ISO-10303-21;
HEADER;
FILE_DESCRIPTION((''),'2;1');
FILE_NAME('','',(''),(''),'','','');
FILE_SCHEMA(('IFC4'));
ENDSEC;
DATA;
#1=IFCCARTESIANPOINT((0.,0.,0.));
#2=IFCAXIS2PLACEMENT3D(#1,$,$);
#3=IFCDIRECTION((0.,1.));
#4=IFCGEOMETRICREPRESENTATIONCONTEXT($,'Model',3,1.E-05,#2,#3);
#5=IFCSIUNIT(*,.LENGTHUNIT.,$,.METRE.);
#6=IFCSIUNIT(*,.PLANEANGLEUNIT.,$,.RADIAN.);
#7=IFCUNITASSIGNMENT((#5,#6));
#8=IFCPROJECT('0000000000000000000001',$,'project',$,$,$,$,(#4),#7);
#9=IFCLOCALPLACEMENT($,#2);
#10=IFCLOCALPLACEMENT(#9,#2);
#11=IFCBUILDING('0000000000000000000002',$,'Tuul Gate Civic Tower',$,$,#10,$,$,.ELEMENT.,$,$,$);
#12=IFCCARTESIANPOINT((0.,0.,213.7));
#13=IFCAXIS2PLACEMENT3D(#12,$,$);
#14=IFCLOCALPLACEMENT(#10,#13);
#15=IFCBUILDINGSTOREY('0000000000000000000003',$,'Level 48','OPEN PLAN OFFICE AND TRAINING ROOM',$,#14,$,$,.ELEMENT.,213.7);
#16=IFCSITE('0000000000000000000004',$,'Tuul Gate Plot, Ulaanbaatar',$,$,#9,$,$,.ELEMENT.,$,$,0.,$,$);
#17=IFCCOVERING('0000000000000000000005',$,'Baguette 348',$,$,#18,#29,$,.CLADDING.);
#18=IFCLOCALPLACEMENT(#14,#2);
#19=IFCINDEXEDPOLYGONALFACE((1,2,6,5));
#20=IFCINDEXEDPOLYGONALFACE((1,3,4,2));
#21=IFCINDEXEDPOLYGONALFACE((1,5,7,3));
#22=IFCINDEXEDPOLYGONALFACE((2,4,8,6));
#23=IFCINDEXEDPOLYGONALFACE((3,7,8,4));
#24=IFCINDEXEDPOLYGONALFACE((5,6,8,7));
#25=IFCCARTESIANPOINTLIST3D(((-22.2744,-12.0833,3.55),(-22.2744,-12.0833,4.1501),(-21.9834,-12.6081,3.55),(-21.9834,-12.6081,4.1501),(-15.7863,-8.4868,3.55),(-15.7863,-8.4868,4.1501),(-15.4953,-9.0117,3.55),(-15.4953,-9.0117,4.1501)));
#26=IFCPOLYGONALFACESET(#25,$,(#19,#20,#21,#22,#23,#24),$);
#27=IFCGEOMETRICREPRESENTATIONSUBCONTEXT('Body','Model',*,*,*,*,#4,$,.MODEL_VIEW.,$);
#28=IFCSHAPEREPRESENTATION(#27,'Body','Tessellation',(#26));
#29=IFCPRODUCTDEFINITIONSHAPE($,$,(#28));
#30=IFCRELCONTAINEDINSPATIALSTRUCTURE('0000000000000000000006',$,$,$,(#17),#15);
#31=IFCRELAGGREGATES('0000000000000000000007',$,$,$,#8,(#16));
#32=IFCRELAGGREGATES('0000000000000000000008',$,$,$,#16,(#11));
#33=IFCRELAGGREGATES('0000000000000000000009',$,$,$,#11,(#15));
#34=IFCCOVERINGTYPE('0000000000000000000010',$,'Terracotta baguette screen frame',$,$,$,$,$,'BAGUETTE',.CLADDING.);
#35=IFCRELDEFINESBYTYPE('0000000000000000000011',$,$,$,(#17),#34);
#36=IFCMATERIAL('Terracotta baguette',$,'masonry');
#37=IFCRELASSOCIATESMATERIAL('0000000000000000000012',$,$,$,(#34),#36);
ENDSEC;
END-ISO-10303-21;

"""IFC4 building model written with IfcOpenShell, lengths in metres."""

from ifc_helpers import new_model, si_unit, direction, frame, origin, origin_2d, place, context, subcontext, project, spatial, rectangle, extrude, material, material_profile, profile_set, type_object, element, save


model = new_model("IFC4")

# Units and contexts
model_context = context("Model", 3, precision=1e-05, world=origin(), true_north=direction((0.0, 1.0)))
body_context = subcontext(model_context, "Body", "Model", "MODEL_VIEW")
ifc_project = project(units=[si_unit("LENGTHUNIT", "METRE"), si_unit("PLANEANGLEUNIT", "RADIAN")], contexts=[model_context])

# Site, building, storey
site_placement = place(None, origin())
site = spatial("IfcSite", under=ifc_project, at=site_placement, Name="Tuul Gate Plot, Ulaanbaatar", CompositionType="ELEMENT", RefElevation=0.0)
building_placement = place(site_placement, origin())
building = spatial("IfcBuilding", under=site, at=building_placement, Name="Tuul Gate Civic Tower", CompositionType="ELEMENT")
storey_placement = place(building_placement, frame((0.0, 0.0, 213.7)))
storey = spatial("IfcBuildingStorey", under=building, at=storey_placement, Name="Level 48", Description="OPEN PLAN OFFICE AND TRAINING ROOM", CompositionType="ELEMENT", Elevation=213.7)

# Covering
ifc_material_1 = material(Name="Terracotta baguette", Category="masonry")
ifc_material_profile_1 = material_profile(ifc_material_1, rectangle(XDim=0.6001, YDim=0.6001, at=origin_2d()), Name="Terracotta baguette screen frame")
ifc_profile_set_1 = profile_set([ifc_material_profile_1], Name="Terracotta baguette")
covering_type = type_object("IfcCoveringType", Name="Terracotta baguette screen frame", ElementType="BAGUETTE", PredefinedType="CLADDING", material=ifc_profile_set_1)
covering_1_placement = place(storey_placement, frame((-22.1289, -12.3457, 3.8501), z_axis=(0.874616, 0.484816, 0.0), x_axis=(-0.484816, 0.874616, 0.0)))
element("IfcCovering", 1, at=covering_1_placement, inside=storey, type_object=covering_type, Name="Baguette 348", PredefinedType="CLADDING", context=body_context, shape_type="SweptSolid", body=[
    extrude(rectangle(XDim=0.6001, YDim=0.6001, at=origin_2d()), origin(), (0.0, 0.0, 1.0), 7.4182),
])

save(model, "model.ifc")
